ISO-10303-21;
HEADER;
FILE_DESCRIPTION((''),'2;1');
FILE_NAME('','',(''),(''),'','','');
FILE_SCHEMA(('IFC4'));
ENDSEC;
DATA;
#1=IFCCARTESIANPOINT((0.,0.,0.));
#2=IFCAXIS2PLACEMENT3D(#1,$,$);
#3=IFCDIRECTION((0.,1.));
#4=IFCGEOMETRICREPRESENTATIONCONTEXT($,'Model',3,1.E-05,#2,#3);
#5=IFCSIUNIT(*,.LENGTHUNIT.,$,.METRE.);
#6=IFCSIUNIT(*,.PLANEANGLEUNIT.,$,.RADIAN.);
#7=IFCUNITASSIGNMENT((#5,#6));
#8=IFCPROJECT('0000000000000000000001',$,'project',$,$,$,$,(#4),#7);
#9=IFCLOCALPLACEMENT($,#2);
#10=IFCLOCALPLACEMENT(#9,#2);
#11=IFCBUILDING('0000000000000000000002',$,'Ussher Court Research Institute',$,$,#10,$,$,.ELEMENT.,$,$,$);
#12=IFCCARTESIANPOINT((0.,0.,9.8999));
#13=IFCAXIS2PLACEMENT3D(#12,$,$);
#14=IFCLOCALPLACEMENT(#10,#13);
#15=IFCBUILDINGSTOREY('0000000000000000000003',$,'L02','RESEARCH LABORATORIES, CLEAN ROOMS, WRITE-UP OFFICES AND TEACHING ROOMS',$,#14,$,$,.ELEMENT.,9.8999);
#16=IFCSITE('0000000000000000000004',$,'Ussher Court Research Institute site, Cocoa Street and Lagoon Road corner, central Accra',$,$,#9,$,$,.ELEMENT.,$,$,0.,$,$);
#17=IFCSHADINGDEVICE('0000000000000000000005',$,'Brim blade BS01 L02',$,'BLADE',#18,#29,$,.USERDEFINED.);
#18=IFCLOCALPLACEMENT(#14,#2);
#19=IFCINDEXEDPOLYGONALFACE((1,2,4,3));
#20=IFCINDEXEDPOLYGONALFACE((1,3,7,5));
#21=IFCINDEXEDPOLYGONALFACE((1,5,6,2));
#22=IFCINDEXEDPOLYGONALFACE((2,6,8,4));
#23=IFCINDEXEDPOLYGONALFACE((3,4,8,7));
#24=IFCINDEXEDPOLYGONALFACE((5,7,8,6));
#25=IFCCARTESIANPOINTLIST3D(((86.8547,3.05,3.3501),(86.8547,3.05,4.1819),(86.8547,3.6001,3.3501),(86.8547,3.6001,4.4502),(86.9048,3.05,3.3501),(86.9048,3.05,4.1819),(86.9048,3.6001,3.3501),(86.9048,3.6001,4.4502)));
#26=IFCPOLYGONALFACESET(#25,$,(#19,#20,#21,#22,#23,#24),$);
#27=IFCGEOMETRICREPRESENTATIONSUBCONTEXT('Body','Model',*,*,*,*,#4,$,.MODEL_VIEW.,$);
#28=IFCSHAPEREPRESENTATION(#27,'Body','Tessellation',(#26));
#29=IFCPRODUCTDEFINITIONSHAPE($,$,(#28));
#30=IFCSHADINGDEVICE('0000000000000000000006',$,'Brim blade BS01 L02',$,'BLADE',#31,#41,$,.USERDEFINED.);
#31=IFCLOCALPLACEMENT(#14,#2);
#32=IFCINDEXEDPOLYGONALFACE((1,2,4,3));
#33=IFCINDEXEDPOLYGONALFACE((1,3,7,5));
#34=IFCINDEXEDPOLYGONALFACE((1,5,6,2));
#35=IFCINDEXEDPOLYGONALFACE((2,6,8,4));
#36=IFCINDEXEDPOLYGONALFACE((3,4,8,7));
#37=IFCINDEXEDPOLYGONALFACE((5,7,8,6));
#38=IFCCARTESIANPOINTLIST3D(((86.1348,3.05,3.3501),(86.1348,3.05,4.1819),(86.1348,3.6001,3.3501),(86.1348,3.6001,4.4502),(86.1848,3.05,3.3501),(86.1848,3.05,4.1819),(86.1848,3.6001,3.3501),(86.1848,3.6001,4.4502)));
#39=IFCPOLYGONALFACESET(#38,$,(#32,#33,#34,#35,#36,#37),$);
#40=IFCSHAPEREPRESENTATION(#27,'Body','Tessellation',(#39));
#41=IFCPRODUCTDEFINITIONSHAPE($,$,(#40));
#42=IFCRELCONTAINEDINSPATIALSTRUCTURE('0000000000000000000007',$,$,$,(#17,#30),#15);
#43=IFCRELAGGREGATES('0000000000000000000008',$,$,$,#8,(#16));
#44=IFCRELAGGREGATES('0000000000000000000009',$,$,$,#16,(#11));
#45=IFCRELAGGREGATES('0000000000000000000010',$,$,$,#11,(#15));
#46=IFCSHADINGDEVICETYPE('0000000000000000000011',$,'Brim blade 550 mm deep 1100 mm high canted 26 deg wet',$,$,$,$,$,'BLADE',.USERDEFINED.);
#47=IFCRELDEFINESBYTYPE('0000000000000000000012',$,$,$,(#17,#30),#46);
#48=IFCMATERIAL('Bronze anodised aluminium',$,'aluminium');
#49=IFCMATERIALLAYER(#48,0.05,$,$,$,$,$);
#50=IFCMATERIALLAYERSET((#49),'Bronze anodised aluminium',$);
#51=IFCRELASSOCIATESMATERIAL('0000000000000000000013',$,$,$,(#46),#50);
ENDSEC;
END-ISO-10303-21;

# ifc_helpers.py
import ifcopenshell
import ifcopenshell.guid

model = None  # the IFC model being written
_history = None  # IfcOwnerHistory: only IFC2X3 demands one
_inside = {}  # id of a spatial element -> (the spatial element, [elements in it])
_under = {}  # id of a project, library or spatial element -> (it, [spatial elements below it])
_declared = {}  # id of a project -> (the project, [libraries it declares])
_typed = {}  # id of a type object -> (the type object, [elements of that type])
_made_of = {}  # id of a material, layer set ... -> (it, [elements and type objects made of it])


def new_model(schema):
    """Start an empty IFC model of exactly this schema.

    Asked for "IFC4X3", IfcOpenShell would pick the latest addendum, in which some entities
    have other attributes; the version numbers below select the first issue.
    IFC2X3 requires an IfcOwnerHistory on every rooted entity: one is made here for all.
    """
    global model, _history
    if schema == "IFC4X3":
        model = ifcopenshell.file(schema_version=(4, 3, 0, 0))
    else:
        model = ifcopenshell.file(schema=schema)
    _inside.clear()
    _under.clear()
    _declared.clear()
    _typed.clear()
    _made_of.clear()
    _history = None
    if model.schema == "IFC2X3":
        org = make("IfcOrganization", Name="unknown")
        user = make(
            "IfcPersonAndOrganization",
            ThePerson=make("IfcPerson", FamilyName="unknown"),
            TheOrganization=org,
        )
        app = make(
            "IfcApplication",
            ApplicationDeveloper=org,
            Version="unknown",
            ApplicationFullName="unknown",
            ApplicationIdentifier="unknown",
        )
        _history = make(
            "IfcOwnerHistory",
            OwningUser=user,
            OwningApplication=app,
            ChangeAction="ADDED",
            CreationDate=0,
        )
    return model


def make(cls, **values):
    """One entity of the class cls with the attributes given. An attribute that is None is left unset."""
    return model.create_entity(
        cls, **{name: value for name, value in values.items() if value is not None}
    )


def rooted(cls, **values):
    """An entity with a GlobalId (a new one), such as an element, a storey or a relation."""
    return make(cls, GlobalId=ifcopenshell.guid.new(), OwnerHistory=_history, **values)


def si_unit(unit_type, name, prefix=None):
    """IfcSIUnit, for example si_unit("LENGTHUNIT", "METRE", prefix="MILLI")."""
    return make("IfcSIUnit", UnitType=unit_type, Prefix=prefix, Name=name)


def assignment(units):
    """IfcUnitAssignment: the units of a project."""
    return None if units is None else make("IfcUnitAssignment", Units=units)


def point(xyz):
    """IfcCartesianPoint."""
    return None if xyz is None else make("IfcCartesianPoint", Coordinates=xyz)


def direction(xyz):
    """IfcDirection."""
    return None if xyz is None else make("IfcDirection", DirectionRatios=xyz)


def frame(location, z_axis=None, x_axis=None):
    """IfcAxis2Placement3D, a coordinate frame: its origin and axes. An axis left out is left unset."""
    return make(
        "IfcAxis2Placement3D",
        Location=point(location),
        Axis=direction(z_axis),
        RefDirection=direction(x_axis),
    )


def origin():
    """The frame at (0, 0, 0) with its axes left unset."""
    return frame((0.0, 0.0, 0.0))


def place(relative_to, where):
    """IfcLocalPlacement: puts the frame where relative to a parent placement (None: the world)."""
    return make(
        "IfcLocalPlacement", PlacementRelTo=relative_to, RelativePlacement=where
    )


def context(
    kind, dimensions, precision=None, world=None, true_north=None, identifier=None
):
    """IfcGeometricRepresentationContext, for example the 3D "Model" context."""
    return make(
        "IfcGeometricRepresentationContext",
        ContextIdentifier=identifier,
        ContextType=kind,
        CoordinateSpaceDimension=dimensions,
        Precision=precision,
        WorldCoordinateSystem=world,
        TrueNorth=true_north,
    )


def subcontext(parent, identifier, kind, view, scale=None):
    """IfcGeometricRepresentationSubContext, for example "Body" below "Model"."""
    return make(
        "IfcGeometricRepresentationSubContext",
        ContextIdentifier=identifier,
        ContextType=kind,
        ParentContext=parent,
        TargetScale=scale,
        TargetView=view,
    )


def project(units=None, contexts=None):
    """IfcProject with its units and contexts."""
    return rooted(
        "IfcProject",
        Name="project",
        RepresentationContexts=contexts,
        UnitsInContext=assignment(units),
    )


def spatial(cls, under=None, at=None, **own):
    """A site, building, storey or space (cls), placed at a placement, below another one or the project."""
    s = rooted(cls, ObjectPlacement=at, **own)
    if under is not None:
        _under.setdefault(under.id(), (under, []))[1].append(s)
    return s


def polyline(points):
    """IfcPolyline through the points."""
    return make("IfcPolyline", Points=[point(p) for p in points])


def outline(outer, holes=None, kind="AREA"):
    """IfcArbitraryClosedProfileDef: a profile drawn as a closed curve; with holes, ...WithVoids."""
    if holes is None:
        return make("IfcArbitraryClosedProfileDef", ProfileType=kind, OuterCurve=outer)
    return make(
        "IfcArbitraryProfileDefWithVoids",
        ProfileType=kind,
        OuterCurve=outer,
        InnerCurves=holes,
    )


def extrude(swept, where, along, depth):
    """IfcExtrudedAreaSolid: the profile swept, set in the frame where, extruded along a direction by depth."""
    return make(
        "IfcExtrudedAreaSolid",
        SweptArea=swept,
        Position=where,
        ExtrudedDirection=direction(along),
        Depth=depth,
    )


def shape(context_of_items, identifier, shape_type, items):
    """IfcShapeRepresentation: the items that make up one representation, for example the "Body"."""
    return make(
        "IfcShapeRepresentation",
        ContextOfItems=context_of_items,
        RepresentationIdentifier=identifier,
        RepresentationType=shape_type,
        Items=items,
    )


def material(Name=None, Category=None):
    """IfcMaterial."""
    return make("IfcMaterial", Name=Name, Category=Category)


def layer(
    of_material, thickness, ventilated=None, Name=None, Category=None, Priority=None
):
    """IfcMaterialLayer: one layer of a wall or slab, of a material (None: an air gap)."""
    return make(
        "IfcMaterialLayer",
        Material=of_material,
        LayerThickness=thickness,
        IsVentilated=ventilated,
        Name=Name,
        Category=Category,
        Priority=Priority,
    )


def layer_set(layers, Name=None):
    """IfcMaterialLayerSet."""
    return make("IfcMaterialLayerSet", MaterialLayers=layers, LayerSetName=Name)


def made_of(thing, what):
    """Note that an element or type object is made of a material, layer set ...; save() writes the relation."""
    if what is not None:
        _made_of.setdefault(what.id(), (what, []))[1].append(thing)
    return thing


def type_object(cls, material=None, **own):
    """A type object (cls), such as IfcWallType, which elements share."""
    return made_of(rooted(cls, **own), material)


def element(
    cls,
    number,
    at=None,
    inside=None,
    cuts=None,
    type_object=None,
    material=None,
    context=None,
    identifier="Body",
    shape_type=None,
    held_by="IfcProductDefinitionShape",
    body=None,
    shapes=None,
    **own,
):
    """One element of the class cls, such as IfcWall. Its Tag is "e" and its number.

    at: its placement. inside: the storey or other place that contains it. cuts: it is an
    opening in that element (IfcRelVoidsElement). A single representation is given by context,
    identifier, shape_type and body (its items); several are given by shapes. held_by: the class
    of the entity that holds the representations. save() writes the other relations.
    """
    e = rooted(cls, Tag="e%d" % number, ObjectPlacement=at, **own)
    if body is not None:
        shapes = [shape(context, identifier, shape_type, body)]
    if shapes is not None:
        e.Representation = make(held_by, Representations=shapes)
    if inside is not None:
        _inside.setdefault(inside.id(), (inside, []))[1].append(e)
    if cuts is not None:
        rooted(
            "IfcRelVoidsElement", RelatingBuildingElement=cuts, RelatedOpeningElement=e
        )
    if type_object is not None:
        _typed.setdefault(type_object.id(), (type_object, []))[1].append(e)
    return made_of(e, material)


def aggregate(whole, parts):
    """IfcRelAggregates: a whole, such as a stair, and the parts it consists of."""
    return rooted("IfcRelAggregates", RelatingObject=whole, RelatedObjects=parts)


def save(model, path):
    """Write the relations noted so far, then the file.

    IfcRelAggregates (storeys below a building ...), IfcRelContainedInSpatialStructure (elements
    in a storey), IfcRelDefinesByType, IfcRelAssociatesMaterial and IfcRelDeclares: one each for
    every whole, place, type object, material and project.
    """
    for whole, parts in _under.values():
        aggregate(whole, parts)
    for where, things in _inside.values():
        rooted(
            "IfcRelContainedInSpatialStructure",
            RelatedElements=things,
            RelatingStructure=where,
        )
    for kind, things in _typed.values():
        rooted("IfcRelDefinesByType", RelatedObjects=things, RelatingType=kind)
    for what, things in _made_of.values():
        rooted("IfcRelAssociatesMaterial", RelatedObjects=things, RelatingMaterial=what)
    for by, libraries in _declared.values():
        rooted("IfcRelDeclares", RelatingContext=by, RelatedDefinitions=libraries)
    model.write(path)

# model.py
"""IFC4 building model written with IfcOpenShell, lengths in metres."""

from ifc_helpers import new_model, si_unit, direction, frame, origin, place, context, subcontext, project, spatial, polyline, outline, extrude, material, layer, layer_set, type_object, element, save


model = new_model("IFC4")

# Units and contexts
model_context = context("Model", 3, precision=1e-05, world=origin(), true_north=direction((0.0, 1.0)))
body_context = subcontext(model_context, "Body", "Model", "MODEL_VIEW")
ifc_project = project(units=[si_unit("LENGTHUNIT", "METRE"), si_unit("PLANEANGLEUNIT", "RADIAN")], contexts=[model_context])

# Site, building, storey
site_placement = place(None, origin())
site = spatial("IfcSite", under=ifc_project, at=site_placement, Name="Ussher Court Research Institute site, Cocoa Street and Lagoon Road corner, central Accra", CompositionType="ELEMENT", RefElevation=0.0)
building_placement = place(site_placement, origin())
building = spatial("IfcBuilding", under=site, at=building_placement, Name="Ussher Court Research Institute", CompositionType="ELEMENT")
storey_placement = place(building_placement, frame((0.0, 0.0, 9.8999)))
storey = spatial("IfcBuildingStorey", under=building, at=storey_placement, Name="L02", Description="RESEARCH LABORATORIES, CLEAN ROOMS, WRITE-UP OFFICES AND TEACHING ROOMS", CompositionType="ELEMENT", Elevation=9.8999)

# Shading devices
ifc_material_1 = material(Name="Bronze anodised aluminium", Category="aluminium")
ifc_layer_1 = layer(ifc_material_1, 0.05)
ifc_layer_set_1 = layer_set([ifc_layer_1], Name="Bronze anodised aluminium")
shading_device_type_1 = type_object("IfcShadingDeviceType", Name="Brim blade 550 mm deep 1100 mm high canted 26 deg wet", ElementType="BLADE", PredefinedType="USERDEFINED", material=ifc_layer_set_1)
for number, where, z_axis, x_axis, name in (
    (1, (86.8799, 3.6001, 3.3501), (0.0, 0.0, 1.0), (0.0, -1.0, 0.0), "Brim blade BS01 L02"),
    (2, (86.1599, 3.6001, 3.3501), (0.0, 0.0, 1.0), (0.0, -1.0, 0.0), "Brim blade BS01 L02"),
):
    element("IfcShadingDevice", number, at=place(storey_placement, frame(where, z_axis=z_axis, x_axis=x_axis)), inside=storey, type_object=shading_device_type_1, Name=name, ObjectType="BLADE", PredefinedType="USERDEFINED", context=body_context, shape_type="SweptSolid", body=[
        extrude(outline(polyline([(0.0, 0.0), (0.55, 0.0), (0.55, 0.8318), (0.0, 1.1001), (0.0, 0.0)])), frame((0.0, 0.0249, 0.0), z_axis=(0.0, -1.0, 0.0), x_axis=(1.0, 0.0, 0.0)), (0.0, 0.0, 1.0), 0.05),
    ])

save(model, "model.ifc")
